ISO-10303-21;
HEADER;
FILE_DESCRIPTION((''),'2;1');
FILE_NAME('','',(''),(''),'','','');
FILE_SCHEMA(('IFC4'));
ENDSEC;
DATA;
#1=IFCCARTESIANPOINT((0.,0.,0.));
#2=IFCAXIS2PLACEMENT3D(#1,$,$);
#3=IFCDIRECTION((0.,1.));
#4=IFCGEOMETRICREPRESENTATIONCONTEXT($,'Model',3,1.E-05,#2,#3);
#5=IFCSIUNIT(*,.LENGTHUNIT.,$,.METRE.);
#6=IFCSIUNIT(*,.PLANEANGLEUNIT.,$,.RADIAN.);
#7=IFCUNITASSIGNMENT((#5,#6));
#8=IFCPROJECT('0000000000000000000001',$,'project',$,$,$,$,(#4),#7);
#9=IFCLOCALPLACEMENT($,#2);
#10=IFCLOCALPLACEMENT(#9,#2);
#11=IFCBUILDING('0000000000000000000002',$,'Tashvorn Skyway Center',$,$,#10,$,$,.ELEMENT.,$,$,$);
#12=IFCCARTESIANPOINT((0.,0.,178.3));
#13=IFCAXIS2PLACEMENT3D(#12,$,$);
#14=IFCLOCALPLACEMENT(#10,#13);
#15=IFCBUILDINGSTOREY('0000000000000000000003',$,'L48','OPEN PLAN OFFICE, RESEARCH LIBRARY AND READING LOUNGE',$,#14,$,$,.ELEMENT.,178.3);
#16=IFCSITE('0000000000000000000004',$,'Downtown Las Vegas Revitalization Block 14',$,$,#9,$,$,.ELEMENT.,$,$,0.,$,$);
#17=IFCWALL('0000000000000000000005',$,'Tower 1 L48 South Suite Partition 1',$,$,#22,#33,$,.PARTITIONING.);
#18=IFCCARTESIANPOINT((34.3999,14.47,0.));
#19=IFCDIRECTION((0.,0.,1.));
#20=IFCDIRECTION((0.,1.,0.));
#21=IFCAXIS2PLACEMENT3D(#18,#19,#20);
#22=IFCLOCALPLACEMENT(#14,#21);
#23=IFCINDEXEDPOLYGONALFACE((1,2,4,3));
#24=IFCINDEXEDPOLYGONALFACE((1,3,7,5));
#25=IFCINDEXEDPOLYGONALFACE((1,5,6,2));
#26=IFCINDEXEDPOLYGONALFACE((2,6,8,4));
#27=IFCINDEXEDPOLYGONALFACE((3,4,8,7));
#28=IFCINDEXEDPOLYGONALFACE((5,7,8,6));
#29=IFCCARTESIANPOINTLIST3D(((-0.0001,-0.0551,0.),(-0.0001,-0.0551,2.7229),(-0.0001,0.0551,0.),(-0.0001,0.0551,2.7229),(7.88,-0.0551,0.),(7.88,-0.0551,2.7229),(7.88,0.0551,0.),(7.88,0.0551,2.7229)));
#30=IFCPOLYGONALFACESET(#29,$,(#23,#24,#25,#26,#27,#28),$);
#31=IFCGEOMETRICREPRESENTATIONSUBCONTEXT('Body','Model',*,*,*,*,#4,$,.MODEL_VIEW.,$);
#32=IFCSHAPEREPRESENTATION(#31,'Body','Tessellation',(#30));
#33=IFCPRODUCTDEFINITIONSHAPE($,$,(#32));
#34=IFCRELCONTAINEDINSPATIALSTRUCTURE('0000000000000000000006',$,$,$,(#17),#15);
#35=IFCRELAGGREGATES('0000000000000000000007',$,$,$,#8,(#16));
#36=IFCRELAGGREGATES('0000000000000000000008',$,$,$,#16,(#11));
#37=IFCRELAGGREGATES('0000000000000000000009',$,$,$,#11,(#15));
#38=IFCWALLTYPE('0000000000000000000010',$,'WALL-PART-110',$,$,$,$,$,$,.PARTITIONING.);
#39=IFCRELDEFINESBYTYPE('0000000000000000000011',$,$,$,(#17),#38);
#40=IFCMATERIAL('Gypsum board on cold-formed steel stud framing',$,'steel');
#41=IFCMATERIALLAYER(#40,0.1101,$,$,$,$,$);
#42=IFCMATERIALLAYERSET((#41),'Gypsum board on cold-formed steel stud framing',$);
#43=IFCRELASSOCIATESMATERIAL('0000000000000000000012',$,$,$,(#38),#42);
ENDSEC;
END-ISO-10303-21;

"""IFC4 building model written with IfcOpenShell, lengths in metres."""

from ifc_helpers import new_model, si_unit, direction, frame, frame_2d, origin, place, context, subcontext, project, spatial, rectangle, extrude, material, layer, layer_set, type_object, element, save


model = new_model("IFC4")

# Units and contexts
model_context = context("Model", 3, precision=1e-05, world=origin(), true_north=direction((0.0, 1.0)))
body_context = subcontext(model_context, "Body", "Model", "MODEL_VIEW")
ifc_project = project(units=[si_unit("LENGTHUNIT", "METRE"), si_unit("PLANEANGLEUNIT", "RADIAN")], contexts=[model_context])

# Site, building, storey
site_placement = place(None, origin())
site = spatial("IfcSite", under=ifc_project, at=site_placement, Name="Downtown Las Vegas Revitalization Block 14", CompositionType="ELEMENT", RefElevation=0.0)
building_placement = place(site_placement, origin())
building = spatial("IfcBuilding", under=site, at=building_placement, Name="Tashvorn Skyway Center", CompositionType="ELEMENT")
storey_placement = place(building_placement, frame((0.0, 0.0, 178.3)))
storey = spatial("IfcBuildingStorey", under=building, at=storey_placement, Name="L48", Description="OPEN PLAN OFFICE, RESEARCH LIBRARY AND READING LOUNGE", CompositionType="ELEMENT", Elevation=178.3)

# Wall
ifc_material_1 = material(Name="Gypsum board on cold-formed steel stud framing", Category="steel")
ifc_layer_1 = layer(ifc_material_1, 0.1101)
ifc_layer_set_1 = layer_set([ifc_layer_1], Name="Gypsum board on cold-formed steel stud framing")
wall_type_1 = type_object("IfcWallType", Name="WALL-PART-110", PredefinedType="PARTITIONING", material=ifc_layer_set_1)
wall_1_placement = place(storey_placement, frame((34.3999, 14.47, 0.0), z_axis=(0.0, 0.0, 1.0), x_axis=(0.0, 1.0, 0.0)))
element("IfcWall", 1, at=wall_1_placement, inside=storey, type_object=wall_type_1, Name="Tower 1 L48 South Suite Partition 1", PredefinedType="PARTITIONING", context=body_context, shape_type="SweptSolid", body=[
    extrude(rectangle(XDim=7.8801, YDim=0.1101, at=frame_2d((3.9399, 0.0))), origin(), (0.0, 0.0, 1.0), 2.7229),
])

save(model, "model.ifc")
